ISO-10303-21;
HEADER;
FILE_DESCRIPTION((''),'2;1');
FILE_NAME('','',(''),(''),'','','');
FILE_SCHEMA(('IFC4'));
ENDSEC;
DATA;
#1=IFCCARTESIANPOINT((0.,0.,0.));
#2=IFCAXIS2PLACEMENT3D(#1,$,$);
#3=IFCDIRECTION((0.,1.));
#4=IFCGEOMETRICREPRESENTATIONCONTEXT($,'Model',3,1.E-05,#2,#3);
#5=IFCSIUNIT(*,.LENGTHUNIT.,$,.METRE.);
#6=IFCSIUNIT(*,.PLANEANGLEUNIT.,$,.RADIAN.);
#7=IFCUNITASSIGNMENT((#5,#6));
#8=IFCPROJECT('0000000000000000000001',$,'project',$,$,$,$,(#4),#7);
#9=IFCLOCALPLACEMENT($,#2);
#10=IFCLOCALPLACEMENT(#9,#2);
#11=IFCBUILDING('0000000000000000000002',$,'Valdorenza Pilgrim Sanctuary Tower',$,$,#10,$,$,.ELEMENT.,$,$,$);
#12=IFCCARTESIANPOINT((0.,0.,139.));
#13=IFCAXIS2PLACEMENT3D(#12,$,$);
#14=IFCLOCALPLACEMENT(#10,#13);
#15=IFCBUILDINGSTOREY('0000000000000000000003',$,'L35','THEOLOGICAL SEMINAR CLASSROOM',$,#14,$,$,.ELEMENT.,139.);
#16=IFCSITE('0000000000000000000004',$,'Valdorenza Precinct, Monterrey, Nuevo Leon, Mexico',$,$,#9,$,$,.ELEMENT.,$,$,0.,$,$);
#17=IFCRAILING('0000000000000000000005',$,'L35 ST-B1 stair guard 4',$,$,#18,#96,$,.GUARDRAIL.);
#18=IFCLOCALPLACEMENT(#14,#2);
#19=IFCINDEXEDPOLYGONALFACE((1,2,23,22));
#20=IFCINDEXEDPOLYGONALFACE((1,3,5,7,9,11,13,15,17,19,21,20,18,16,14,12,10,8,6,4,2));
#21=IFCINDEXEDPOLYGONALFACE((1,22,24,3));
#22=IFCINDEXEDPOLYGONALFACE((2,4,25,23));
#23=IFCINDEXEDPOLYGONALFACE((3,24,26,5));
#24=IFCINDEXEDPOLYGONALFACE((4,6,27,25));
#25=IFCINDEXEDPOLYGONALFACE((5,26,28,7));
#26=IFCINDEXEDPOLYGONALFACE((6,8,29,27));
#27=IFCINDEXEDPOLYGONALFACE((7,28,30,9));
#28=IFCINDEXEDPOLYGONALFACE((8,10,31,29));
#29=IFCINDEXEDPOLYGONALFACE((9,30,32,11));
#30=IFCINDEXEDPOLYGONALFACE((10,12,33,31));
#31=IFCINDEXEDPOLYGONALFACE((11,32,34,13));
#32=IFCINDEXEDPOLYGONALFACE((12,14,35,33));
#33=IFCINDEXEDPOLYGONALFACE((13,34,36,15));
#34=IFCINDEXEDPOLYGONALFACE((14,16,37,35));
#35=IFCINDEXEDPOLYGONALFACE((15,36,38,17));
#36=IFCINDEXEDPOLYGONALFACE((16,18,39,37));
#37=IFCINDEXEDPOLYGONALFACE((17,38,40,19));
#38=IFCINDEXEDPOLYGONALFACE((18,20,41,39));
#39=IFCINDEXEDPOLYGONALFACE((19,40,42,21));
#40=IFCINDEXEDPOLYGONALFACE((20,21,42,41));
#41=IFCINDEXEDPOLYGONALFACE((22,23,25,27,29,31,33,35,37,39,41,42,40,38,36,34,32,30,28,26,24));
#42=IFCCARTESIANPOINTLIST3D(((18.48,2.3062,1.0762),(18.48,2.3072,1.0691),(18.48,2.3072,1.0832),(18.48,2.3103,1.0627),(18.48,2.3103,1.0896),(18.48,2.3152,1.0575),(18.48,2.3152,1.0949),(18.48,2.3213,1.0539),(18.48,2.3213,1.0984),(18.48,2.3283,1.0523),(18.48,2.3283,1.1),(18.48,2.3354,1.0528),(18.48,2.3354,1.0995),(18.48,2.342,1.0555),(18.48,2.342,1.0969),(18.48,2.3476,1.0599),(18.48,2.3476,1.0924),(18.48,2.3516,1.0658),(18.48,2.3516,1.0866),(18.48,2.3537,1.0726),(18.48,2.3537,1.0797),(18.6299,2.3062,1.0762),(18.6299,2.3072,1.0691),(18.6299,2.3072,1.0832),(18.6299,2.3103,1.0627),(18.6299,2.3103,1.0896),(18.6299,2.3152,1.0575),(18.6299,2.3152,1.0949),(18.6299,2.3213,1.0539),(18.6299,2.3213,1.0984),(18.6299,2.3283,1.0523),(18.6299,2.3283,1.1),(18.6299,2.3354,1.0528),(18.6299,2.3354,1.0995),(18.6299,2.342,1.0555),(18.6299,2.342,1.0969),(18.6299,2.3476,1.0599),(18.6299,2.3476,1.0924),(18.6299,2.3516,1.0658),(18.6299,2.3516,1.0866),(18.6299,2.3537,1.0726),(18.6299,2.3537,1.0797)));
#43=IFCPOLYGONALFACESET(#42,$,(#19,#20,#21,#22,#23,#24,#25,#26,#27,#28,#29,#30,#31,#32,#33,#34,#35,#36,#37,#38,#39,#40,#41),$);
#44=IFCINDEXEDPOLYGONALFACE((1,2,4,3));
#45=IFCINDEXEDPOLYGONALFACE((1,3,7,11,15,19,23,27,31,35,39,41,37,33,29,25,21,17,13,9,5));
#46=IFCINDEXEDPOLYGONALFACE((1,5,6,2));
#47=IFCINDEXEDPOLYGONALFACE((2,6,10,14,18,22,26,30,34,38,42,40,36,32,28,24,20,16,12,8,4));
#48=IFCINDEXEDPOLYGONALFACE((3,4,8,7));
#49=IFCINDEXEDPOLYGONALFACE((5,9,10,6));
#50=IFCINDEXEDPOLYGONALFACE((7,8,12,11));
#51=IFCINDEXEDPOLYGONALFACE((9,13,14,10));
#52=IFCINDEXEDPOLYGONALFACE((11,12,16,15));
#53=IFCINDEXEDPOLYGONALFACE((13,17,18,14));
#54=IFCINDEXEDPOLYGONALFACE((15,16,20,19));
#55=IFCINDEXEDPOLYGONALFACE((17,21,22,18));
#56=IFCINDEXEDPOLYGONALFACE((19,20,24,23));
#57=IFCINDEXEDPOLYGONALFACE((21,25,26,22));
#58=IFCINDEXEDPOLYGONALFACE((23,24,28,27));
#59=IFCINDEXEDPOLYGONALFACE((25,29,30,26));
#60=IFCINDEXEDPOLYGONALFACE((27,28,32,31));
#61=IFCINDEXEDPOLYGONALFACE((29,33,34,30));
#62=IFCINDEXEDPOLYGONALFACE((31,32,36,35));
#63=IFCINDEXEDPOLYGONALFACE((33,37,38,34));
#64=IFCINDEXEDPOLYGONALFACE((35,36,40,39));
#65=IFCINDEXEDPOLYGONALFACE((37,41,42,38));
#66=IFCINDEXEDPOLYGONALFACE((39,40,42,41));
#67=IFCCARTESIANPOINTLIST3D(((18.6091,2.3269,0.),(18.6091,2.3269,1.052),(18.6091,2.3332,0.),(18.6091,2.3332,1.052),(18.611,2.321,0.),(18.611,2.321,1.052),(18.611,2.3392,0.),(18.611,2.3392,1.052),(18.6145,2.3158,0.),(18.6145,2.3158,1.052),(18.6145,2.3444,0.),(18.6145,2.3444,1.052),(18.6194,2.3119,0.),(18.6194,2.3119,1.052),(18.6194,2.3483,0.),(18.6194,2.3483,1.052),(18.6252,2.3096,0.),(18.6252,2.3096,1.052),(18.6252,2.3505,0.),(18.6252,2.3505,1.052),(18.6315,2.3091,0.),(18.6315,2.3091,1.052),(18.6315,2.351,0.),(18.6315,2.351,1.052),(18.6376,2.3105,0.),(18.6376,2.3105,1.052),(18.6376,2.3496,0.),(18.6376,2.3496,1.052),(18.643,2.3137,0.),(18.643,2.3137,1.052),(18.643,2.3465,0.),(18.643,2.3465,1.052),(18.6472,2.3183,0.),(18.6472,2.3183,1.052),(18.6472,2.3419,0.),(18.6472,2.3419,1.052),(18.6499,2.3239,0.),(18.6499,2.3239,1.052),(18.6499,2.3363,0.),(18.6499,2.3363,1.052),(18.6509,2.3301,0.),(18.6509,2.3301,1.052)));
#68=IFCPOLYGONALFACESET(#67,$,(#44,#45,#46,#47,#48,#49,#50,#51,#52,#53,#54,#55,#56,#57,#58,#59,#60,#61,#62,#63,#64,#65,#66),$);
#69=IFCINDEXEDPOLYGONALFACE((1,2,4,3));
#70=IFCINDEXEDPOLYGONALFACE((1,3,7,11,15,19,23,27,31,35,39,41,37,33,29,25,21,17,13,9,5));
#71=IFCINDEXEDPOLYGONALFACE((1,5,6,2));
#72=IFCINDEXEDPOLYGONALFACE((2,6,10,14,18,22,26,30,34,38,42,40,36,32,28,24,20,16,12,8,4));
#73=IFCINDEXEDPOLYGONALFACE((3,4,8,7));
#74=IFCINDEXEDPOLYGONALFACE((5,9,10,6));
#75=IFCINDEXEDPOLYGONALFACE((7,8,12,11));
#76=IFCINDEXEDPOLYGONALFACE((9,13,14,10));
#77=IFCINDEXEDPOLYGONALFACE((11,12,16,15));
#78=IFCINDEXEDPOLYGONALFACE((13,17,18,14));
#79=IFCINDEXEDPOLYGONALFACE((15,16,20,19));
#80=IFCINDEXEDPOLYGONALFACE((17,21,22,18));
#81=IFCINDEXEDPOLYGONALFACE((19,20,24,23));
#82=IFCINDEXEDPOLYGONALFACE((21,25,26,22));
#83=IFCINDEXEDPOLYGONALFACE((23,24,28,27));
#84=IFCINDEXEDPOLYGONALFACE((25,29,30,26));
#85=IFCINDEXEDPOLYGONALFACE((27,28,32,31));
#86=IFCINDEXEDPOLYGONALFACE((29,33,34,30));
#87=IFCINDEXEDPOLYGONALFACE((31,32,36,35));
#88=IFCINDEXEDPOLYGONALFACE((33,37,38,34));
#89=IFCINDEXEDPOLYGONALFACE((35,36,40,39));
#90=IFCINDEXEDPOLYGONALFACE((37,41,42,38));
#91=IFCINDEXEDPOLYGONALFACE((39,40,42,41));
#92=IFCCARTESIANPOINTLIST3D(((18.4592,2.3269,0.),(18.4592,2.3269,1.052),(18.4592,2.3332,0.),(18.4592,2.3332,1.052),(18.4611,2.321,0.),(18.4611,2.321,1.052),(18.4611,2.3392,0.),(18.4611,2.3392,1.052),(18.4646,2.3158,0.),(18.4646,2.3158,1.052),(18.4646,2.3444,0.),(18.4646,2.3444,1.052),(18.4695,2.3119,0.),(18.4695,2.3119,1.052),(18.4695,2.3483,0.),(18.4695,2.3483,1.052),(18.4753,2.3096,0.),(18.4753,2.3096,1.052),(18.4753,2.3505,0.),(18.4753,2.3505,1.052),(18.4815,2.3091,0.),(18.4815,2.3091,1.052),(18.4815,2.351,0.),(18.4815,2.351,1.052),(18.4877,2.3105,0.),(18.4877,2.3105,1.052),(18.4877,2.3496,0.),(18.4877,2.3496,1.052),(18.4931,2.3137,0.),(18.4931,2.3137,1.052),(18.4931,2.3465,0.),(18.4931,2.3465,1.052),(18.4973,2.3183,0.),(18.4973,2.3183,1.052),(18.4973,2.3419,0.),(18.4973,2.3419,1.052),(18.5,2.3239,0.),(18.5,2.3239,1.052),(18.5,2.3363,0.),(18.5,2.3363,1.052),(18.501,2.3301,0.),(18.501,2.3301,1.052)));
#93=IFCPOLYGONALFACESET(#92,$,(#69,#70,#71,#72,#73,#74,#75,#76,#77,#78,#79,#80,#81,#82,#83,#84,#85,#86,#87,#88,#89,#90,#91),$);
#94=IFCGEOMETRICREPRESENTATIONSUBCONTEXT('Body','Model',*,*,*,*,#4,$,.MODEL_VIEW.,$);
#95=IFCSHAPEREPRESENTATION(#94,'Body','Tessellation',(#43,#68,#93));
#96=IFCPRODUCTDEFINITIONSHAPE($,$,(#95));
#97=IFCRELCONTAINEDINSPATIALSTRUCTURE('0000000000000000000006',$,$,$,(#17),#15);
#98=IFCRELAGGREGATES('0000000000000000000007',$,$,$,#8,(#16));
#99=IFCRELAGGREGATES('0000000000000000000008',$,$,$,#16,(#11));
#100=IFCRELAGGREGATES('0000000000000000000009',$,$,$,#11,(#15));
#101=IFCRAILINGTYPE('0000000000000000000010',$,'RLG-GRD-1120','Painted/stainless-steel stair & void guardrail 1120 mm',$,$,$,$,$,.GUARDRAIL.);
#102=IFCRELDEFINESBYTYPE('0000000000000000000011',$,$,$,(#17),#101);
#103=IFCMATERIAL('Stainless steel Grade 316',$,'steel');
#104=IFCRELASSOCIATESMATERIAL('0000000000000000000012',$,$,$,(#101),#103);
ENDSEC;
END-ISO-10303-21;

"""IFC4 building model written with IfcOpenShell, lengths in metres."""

from ifc_helpers import new_model, si_unit, direction, frame, origin, origin_2d, place, context, subcontext, project, spatial, circle, extrude, material, type_object, element, save


model = new_model("IFC4")

# Units and contexts
model_context = context("Model", 3, precision=1e-05, world=origin(), true_north=direction((0.0, 1.0)))
body_context = subcontext(model_context, "Body", "Model", "MODEL_VIEW")
ifc_project = project(units=[si_unit("LENGTHUNIT", "METRE"), si_unit("PLANEANGLEUNIT", "RADIAN")], contexts=[model_context])

# Site, building, storey
site_placement = place(None, origin())
site = spatial("IfcSite", under=ifc_project, at=site_placement, Name="Valdorenza Precinct, Monterrey, Nuevo Leon, Mexico", CompositionType="ELEMENT", RefElevation=0.0)
building_placement = place(site_placement, origin())
building = spatial("IfcBuilding", under=site, at=building_placement, Name="Valdorenza Pilgrim Sanctuary Tower", CompositionType="ELEMENT")
storey_placement = place(building_placement, frame((0.0, 0.0, 139.0)))
storey = spatial("IfcBuildingStorey", under=building, at=storey_placement, Name="L35", Description="THEOLOGICAL SEMINAR CLASSROOM", CompositionType="ELEMENT", Elevation=139.0)

# Railing
ifc_material_1 = material(Name="Stainless steel Grade 316", Category="steel")
railing_type_1 = type_object("IfcRailingType", Name="RLG-GRD-1120", Description="Painted/stainless-steel stair & void guardrail 1120 mm", PredefinedType="GUARDRAIL", material=ifc_material_1)
railing_1_placement = place(storey_placement, frame((18.6299, 2.3301, 0.0)))
element("IfcRailing", 1, at=railing_1_placement, inside=storey, type_object=railing_type_1, Name="L35 ST-B1 stair guard 4", PredefinedType="GUARDRAIL", context=body_context, shape_type="SweptSolid", body=[
    extrude(circle(Radius=0.0239, at=origin_2d()), frame((0.0, 0.0, 1.0762), z_axis=(-1.0, 0.0, 0.0), x_axis=(0.0, -1.0, 0.0)), (0.0, 0.0, 1.0), 0.1499),
    extrude(circle(Radius=0.021, at=origin_2d()), origin(), (0.0, 0.0, 1.0), 1.052),
    extrude(circle(Radius=0.021, at=origin_2d()), frame((-0.1499, 0.0, 0.0)), (0.0, 0.0, 1.0), 1.052),
])

save(model, "model.ifc")
